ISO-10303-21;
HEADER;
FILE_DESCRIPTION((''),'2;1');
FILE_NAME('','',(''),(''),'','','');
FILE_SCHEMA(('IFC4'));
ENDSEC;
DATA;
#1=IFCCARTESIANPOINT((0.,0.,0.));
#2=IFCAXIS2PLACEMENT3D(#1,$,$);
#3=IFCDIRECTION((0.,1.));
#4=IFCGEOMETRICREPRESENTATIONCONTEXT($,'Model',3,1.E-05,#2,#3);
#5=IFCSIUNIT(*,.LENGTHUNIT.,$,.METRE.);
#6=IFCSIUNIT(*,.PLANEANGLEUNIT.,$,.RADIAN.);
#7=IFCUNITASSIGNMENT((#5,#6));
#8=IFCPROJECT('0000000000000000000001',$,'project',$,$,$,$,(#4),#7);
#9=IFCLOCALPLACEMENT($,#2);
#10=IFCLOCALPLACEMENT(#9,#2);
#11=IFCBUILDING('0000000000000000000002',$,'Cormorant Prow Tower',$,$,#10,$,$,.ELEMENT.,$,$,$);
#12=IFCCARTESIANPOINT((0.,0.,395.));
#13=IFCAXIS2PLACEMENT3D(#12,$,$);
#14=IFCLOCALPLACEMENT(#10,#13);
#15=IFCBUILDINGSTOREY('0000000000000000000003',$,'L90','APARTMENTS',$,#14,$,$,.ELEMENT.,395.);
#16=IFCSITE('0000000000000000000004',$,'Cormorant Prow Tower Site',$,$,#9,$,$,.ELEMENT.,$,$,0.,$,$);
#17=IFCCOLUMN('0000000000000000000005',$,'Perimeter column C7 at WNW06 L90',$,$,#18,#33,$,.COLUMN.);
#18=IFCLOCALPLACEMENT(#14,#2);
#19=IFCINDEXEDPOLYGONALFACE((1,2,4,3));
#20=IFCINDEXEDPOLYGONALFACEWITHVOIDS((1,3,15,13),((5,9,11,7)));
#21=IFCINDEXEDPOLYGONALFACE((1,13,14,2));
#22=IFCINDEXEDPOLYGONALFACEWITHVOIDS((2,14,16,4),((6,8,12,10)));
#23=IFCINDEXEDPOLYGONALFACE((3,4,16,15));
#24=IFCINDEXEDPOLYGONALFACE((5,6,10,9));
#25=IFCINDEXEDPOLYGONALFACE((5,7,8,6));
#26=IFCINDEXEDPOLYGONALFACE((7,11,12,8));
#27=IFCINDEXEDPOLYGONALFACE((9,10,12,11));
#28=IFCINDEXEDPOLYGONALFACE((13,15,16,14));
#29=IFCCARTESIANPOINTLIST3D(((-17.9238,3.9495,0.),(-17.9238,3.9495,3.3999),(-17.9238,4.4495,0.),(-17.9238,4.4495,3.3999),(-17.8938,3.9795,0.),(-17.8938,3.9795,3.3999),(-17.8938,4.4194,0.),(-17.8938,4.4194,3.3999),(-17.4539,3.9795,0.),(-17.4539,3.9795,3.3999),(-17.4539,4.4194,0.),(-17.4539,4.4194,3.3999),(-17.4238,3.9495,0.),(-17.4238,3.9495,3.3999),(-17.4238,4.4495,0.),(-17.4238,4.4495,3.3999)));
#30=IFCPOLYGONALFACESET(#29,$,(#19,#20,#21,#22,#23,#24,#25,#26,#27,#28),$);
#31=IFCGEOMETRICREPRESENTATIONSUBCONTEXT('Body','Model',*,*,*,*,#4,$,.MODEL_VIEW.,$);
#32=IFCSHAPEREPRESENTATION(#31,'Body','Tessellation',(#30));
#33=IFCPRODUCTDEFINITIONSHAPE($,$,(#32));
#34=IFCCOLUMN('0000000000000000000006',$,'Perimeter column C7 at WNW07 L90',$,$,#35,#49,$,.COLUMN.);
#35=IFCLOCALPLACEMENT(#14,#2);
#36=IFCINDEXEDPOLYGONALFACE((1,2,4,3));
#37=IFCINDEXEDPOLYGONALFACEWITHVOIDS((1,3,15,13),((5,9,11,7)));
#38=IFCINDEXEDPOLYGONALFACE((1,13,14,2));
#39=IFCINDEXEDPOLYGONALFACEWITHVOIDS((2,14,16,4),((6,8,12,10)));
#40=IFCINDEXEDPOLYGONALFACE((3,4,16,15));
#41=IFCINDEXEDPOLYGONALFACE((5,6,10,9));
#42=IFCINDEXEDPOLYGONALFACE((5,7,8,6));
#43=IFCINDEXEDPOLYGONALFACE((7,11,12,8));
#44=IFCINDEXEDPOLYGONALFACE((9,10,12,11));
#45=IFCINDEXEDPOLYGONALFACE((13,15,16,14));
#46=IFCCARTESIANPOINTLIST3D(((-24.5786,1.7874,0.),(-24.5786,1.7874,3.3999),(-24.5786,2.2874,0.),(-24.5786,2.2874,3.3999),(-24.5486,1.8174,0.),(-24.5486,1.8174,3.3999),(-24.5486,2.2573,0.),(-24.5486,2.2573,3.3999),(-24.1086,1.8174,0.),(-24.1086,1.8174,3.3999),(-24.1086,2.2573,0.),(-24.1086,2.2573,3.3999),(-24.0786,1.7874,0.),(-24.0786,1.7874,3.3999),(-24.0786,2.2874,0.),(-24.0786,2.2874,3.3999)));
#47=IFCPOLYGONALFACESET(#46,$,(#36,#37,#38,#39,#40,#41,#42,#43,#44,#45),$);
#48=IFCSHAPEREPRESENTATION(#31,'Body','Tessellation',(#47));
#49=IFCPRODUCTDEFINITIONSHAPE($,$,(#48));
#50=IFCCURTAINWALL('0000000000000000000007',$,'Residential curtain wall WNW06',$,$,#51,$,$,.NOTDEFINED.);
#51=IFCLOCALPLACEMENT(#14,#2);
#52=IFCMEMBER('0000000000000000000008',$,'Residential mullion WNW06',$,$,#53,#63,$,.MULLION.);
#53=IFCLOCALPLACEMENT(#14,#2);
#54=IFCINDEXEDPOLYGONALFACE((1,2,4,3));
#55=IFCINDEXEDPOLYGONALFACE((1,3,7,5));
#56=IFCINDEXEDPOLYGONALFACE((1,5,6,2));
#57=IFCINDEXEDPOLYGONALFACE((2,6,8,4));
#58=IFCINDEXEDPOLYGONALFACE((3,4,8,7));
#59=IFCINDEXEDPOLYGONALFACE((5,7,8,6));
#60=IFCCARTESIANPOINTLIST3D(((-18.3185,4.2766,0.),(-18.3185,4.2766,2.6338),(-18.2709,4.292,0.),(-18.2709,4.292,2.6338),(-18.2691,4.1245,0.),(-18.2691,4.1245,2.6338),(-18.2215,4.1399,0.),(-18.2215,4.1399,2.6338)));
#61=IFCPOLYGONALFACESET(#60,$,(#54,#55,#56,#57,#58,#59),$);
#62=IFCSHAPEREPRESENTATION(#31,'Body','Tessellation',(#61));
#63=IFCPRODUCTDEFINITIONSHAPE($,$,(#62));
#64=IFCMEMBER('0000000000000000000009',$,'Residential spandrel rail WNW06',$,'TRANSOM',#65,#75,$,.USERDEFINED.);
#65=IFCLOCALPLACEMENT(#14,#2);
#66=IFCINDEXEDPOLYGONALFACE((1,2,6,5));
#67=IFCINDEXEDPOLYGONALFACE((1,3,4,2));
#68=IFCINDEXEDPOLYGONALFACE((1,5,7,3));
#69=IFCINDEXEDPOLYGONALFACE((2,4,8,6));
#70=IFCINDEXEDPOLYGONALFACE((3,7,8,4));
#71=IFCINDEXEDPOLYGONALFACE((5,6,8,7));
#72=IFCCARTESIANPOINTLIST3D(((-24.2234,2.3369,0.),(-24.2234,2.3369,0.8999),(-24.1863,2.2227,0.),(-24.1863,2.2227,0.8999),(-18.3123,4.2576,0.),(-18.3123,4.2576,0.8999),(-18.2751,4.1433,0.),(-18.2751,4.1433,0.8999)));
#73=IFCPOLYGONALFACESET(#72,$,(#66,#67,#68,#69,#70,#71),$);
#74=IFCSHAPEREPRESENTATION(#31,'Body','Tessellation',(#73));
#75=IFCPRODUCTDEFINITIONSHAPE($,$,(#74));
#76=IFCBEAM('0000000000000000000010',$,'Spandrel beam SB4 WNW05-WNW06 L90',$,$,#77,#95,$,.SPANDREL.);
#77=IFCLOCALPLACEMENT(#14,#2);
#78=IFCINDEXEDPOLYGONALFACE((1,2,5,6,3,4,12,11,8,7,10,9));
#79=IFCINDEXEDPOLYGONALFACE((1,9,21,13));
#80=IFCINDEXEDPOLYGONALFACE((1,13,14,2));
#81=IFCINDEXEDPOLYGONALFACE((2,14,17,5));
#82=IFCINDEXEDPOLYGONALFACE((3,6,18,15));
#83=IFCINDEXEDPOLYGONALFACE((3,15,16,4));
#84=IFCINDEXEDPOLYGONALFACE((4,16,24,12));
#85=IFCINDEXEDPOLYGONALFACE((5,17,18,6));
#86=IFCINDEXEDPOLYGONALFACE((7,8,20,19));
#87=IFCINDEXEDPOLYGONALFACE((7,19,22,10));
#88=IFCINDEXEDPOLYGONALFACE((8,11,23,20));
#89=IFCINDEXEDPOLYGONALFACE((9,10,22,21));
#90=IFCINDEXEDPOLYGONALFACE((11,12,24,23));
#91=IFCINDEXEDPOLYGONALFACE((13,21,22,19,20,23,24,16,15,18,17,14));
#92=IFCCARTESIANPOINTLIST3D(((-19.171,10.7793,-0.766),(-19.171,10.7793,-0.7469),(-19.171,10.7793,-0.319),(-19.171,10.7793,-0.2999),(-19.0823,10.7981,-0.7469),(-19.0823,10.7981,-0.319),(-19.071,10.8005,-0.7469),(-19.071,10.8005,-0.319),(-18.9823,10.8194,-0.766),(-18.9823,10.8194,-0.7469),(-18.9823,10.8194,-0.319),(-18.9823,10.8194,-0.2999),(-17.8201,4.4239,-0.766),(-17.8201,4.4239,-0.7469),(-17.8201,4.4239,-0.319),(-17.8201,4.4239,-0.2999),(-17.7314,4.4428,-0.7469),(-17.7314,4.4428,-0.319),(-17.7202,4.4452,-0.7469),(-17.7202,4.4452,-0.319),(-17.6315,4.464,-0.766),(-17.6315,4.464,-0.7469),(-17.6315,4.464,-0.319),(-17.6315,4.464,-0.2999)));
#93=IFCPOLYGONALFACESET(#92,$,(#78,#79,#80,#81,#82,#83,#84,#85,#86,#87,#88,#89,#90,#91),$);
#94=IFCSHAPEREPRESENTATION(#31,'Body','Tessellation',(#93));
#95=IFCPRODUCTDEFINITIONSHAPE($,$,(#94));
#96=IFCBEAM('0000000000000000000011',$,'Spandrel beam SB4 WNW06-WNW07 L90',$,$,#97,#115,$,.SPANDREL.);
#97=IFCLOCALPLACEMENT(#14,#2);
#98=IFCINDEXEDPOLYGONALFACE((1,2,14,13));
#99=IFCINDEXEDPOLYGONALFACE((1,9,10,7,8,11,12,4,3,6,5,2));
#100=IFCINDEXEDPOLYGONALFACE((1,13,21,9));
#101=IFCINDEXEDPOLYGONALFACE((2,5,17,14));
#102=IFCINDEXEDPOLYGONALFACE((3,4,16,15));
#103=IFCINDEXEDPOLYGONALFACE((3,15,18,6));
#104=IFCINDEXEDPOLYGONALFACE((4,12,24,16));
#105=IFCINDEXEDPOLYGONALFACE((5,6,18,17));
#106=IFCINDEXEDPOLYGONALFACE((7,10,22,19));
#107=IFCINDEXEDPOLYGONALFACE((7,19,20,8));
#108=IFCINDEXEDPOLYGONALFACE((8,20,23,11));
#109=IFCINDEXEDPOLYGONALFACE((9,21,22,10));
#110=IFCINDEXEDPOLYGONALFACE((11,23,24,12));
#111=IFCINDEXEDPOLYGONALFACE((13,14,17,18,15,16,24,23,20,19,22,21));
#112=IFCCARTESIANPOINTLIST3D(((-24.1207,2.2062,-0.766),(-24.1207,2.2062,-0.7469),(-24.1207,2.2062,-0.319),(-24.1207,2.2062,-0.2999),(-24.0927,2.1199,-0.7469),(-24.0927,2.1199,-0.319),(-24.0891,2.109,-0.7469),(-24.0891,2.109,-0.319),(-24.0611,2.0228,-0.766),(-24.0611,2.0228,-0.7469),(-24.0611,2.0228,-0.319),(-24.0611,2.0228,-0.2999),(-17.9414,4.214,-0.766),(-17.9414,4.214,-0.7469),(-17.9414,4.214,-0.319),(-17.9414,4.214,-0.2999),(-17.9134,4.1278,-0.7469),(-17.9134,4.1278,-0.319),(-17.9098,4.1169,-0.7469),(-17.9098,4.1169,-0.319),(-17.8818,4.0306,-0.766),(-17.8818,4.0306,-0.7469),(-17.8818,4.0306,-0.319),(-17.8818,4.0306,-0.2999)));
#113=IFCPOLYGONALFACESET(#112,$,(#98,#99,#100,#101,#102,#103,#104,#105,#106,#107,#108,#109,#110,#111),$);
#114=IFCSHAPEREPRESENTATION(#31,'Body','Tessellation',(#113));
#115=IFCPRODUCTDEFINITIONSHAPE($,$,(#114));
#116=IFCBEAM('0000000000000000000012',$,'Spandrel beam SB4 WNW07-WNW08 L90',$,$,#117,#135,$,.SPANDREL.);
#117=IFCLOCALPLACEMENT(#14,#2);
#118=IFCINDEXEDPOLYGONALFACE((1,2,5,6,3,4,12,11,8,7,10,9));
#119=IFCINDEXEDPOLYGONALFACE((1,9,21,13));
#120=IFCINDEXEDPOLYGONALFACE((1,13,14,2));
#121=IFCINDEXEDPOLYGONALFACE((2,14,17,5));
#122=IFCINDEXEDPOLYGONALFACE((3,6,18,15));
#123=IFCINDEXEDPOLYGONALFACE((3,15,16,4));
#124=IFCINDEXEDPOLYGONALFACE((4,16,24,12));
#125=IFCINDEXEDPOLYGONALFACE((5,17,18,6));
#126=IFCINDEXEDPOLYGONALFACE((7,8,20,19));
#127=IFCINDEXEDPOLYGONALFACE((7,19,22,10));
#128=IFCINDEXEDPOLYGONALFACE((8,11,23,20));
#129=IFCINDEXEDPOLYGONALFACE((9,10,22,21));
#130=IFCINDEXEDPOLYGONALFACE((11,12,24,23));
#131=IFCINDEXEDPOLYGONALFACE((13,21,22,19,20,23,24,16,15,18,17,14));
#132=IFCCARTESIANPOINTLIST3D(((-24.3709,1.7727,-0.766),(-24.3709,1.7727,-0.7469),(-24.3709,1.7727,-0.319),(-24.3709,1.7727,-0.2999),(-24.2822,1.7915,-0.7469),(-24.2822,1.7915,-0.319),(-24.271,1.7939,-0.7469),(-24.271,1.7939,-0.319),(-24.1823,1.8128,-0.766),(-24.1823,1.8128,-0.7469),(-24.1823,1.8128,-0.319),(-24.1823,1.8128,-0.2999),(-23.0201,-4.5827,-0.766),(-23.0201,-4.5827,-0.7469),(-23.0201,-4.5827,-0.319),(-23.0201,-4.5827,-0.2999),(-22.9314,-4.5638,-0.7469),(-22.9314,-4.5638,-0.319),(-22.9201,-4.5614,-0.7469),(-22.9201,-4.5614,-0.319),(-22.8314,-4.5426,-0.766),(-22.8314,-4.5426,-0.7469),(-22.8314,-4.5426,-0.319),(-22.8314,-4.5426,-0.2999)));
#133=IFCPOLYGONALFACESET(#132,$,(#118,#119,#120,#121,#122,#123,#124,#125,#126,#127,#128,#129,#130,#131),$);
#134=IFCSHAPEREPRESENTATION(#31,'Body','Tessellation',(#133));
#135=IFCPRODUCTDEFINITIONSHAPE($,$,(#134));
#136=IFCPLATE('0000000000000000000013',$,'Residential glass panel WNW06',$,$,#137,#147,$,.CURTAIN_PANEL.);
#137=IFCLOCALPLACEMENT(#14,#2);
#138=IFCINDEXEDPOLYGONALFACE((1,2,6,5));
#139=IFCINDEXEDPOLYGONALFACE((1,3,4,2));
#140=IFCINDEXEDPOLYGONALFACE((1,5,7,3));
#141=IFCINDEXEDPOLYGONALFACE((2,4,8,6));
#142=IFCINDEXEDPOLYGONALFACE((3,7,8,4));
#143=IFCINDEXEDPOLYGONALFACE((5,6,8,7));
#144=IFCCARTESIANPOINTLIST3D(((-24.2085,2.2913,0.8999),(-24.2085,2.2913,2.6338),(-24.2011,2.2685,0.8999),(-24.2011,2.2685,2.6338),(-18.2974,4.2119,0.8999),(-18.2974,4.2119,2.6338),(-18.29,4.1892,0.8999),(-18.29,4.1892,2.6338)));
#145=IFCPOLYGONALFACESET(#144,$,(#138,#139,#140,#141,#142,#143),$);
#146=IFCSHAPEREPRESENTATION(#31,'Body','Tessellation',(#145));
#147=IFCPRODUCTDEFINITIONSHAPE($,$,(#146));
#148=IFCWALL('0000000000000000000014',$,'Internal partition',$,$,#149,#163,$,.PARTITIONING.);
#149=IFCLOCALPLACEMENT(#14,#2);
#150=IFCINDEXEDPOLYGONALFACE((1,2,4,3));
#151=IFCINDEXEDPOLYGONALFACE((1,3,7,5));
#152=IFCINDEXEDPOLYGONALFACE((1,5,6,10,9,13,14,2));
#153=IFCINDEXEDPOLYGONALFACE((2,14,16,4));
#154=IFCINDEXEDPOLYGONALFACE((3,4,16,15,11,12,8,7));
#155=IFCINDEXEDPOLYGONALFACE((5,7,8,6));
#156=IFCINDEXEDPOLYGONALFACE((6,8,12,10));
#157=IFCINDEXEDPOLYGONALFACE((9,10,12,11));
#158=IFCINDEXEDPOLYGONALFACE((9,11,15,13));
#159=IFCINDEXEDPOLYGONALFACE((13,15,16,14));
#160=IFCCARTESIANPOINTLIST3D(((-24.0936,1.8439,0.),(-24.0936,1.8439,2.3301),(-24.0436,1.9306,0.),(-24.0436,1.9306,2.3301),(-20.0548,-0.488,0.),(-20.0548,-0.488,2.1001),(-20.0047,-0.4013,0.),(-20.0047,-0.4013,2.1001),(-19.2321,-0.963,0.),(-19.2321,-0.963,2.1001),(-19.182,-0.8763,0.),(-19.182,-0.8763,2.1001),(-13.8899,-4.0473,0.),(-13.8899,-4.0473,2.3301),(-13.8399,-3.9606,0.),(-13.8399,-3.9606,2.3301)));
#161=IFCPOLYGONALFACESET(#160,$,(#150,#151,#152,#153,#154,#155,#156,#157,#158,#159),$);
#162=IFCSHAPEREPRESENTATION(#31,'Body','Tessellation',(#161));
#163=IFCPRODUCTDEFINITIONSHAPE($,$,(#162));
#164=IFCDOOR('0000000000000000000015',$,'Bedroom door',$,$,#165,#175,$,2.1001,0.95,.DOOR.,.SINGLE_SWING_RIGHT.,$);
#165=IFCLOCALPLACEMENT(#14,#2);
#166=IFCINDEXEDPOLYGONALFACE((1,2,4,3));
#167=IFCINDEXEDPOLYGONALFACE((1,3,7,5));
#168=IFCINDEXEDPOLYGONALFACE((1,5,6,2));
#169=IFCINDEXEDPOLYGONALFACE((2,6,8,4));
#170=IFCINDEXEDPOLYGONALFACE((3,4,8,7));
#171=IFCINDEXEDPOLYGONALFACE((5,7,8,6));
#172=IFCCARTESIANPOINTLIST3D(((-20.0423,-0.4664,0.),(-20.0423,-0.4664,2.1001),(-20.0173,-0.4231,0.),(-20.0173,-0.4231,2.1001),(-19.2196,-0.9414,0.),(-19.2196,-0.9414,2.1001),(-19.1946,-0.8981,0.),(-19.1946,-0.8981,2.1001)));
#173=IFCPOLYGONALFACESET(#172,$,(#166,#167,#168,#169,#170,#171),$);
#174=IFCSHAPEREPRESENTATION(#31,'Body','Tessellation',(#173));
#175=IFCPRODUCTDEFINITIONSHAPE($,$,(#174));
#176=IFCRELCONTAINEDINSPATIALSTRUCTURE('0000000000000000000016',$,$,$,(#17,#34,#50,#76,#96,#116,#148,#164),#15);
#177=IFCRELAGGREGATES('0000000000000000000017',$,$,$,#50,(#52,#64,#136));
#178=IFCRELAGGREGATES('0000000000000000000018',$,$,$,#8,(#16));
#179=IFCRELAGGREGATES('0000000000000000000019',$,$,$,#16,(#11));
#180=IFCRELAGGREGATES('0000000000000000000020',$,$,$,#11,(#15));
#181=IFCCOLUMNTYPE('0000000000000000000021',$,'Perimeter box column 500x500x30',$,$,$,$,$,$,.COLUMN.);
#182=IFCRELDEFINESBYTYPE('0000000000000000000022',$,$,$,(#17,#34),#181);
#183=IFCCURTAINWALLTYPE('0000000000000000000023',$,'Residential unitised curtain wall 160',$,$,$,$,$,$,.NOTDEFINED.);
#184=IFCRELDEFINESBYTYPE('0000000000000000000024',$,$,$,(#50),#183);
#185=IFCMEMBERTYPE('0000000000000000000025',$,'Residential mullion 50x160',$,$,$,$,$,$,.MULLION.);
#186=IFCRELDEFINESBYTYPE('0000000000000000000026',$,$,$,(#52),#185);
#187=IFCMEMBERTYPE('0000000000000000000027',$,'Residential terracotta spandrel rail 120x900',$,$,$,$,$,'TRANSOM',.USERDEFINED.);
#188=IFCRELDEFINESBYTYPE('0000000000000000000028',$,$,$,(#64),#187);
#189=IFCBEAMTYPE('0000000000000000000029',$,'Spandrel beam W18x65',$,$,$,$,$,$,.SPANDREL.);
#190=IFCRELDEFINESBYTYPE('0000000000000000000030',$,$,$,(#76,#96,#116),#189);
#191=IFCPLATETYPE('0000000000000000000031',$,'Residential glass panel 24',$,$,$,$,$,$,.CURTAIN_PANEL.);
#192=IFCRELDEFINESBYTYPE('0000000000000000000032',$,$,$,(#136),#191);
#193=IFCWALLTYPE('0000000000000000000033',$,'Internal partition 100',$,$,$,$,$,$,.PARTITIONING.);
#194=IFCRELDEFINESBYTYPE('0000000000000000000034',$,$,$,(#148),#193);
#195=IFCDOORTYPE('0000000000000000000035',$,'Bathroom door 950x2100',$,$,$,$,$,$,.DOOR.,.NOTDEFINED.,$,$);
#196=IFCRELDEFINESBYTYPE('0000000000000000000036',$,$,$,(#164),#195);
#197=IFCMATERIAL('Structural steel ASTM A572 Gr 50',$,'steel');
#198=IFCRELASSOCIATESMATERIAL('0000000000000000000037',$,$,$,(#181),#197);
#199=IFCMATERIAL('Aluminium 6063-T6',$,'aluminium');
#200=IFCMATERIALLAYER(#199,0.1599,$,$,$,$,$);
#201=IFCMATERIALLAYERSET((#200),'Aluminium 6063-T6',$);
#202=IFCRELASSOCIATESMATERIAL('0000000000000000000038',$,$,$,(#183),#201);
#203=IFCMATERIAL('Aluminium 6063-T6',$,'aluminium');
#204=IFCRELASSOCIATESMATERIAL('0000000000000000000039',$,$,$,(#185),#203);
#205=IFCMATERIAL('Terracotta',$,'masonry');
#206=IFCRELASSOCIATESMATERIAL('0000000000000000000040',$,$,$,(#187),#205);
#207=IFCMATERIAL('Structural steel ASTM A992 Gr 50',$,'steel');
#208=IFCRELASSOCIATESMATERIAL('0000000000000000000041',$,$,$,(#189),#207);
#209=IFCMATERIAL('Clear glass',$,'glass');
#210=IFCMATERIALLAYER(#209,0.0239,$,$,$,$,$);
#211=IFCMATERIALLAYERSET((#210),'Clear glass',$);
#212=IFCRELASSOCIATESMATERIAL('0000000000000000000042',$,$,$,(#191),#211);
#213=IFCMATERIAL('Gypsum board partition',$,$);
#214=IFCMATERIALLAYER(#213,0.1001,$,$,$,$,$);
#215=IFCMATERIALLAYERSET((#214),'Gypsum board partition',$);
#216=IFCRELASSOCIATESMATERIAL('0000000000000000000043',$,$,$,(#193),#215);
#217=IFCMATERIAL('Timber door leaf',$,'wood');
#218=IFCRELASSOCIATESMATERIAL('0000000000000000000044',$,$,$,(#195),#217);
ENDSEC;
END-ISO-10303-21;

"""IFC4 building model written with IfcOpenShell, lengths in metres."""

from ifc_helpers import new_model, si_unit, direction, frame, frame_2d, origin, origin_2d, place, context, subcontext, project, spatial, rectangle, hollow_rectangle, i_section, extrude, material, layer, layer_set, material_profile, profile_set, type_object, element, fill, aggregate, save


model = new_model("IFC4")

# Units and contexts
model_context = context("Model", 3, precision=1e-05, world=origin(), true_north=direction((0.0, 1.0)))
body_context = subcontext(model_context, "Body", "Model", "MODEL_VIEW")
ifc_project = project(units=[si_unit("LENGTHUNIT", "METRE"), si_unit("PLANEANGLEUNIT", "RADIAN")], contexts=[model_context])

# Site, building, storey
site_placement = place(None, origin())
site = spatial("IfcSite", under=ifc_project, at=site_placement, Name="Cormorant Prow Tower Site", CompositionType="ELEMENT", RefElevation=0.0)
building_placement = place(site_placement, origin())
building = spatial("IfcBuilding", under=site, at=building_placement, Name="Cormorant Prow Tower", CompositionType="ELEMENT")
storey_placement = place(building_placement, frame((0.0, 0.0, 395.0)))
storey = spatial("IfcBuildingStorey", under=building, at=storey_placement, Name="L90", Description="APARTMENTS", CompositionType="ELEMENT", Elevation=395.0)

# Columns
ifc_material_1 = material(Name="Structural steel ASTM A572 Gr 50", Category="steel")
ifc_material_profile_1 = material_profile(ifc_material_1, hollow_rectangle(XDim=0.5, YDim=0.5, WallThickness=0.03, at=origin_2d()), Name="Box 500x500x30")
ifc_profile_set_1 = profile_set([ifc_material_profile_1], Name="Structural steel ASTM A572 Gr 50")
column_type = type_object("IfcColumnType", Name="Perimeter box column 500x500x30", PredefinedType="COLUMN", material=ifc_profile_set_1)
for number, where, z_axis, x_axis, name in (
    (1, (-17.6738, 4.1995, 0.0), (0.0, 0.0, 1.0), (1.0, 0.0, 0.0), "Perimeter column C7 at WNW06 L90"),
    (2, (-24.3286, 2.0374, 0.0), (0.0, 0.0, 1.0), (1.0, 0.0, 0.0), "Perimeter column C7 at WNW07 L90"),
):
    element("IfcColumn", number, at=place(storey_placement, frame(where, z_axis=z_axis, x_axis=x_axis)), inside=storey, type_object=column_type, Name=name, PredefinedType="COLUMN", context=body_context, shape_type="SweptSolid", body=[
        extrude(hollow_rectangle(XDim=0.5, YDim=0.5, WallThickness=0.03, at=origin_2d()), origin(), (0.0, 0.0, 1.0), 3.3999),
    ])

# Curtain wall, members
ifc_material_2 = material(Name="Aluminium 6063-T6", Category="aluminium")
ifc_layer_1 = layer(ifc_material_2, 0.1599)
ifc_layer_set_1 = layer_set([ifc_layer_1], Name="Aluminium 6063-T6")
curtain_wall_type = type_object("IfcCurtainWallType", Name="Residential unitised curtain wall 160", PredefinedType="NOTDEFINED", material=ifc_layer_set_1)
curtain_wall_placement = place(storey_placement, origin())
curtain_wall = element("IfcCurtainWall", 3, at=curtain_wall_placement, inside=storey, type_object=curtain_wall_type, Name="Residential curtain wall WNW06", PredefinedType="NOTDEFINED")
ifc_material_3 = material(Name="Aluminium 6063-T6", Category="aluminium")
ifc_material_profile_2 = material_profile(ifc_material_3, rectangle(XDim=0.1599, YDim=0.05, at=origin_2d()), Name="Residential mullion 50x160")
ifc_profile_set_2 = profile_set([ifc_material_profile_2], Name="Aluminium 6063-T6")
member_type_1 = type_object("IfcMemberType", Name="Residential mullion 50x160", PredefinedType="MULLION", material=ifc_profile_set_2)
member_1_placement = place(storey_placement, frame((-18.27, 4.2083, 0.0), z_axis=(0.0, 0.0, 1.0), x_axis=(0.309017, -0.951056, 0.0)))
member_1 = element("IfcMember", 4, at=member_1_placement, type_object=member_type_1, Name="Residential mullion WNW06", PredefinedType="MULLION", context=body_context, shape_type="SweptSolid", body=[
    extrude(rectangle(XDim=0.1599, YDim=0.05, at=origin_2d()), origin(), (0.0, 0.0, 1.0), 2.6338),
])
ifc_material_4 = material(Name="Terracotta", Category="masonry")
ifc_material_profile_3 = material_profile(ifc_material_4, rectangle(XDim=0.1201, YDim=0.8999, at=origin_2d()), Name="Residential terracotta spandrel rail 120x900")
ifc_profile_set_3 = profile_set([ifc_material_profile_3], Name="Terracotta")
member_type_2 = type_object("IfcMemberType", Name="Residential terracotta spandrel rail 120x900", ElementType="TRANSOM", PredefinedType="USERDEFINED", material=ifc_profile_set_3)
member_2_placement = place(storey_placement, frame((-18.2937, 4.2004, 0.45), z_axis=(-0.951056, -0.309019, 0.0), x_axis=(0.309019, -0.951056, 0.0)))
member_2 = element("IfcMember", 5, at=member_2_placement, type_object=member_type_2, Name="Residential spandrel rail WNW06", ObjectType="TRANSOM", PredefinedType="USERDEFINED", context=body_context, shape_type="SweptSolid", body=[
    extrude(rectangle(XDim=0.1201, YDim=0.8999, at=origin_2d()), origin(), (0.0, 0.0, 1.0), 6.2153),
])

# Beams
ifc_material_5 = material(Name="Structural steel ASTM A992 Gr 50", Category="steel")
ifc_material_profile_4 = material_profile(ifc_material_5, i_section(OverallWidth=0.1929, OverallDepth=0.4661, WebThickness=0.0115, FlangeThickness=0.019, at=origin_2d()), Name="W18x65")
ifc_profile_set_4 = profile_set([ifc_material_profile_4], Name="Structural steel ASTM A992 Gr 50")
beam_type = type_object("IfcBeamType", Name="Spandrel beam W18x65", PredefinedType="SPANDREL", material=ifc_profile_set_4)
for number, where, z_axis, x_axis, name in (
    (6, (-19.0767, 10.7993, -0.533), (0.20791, -0.978148, 0.0), (0.978148, 0.20791, 0.0), "Spandrel beam SB4 WNW05-WNW06 L90"),
    (7, (-17.9116, 4.1223, -0.533), (-0.951053, -0.309027, 0.0), (0.309027, -0.951053, 0.0), "Spandrel beam SB4 WNW06-WNW07 L90"),
    (8, (-24.2766, 1.7927, -0.533), (0.20791, -0.978148, 0.0), (0.978148, 0.20791, 0.0), "Spandrel beam SB4 WNW07-WNW08 L90"),
):
    element("IfcBeam", number, at=place(storey_placement, frame(where, z_axis=z_axis, x_axis=x_axis)), inside=storey, type_object=beam_type, Name=name, PredefinedType="SPANDREL", context=body_context, shape_type="SweptSolid", body=[
        extrude(i_section(OverallWidth=0.1929, OverallDepth=0.4661, WebThickness=0.0115, FlangeThickness=0.019, at=origin_2d()), origin(), (0.0, 0.0, 1.0), 6.4973),
    ])

# Plate
ifc_material_6 = material(Name="Clear glass", Category="glass")
ifc_layer_2 = layer(ifc_material_6, 0.0239)
ifc_layer_set_2 = layer_set([ifc_layer_2], Name="Clear glass")
plate_type = type_object("IfcPlateType", Name="Residential glass panel 24", PredefinedType="CURTAIN_PANEL", material=ifc_layer_set_2)
plate_placement = place(storey_placement, frame((-21.2493, 3.2402, 0.8999), z_axis=(0.0, 0.0, 1.0), x_axis=(-0.951056, -0.309017, 0.0)))
plate = element("IfcPlate", 9, at=plate_placement, type_object=plate_type, Name="Residential glass panel WNW06", PredefinedType="CURTAIN_PANEL", context=body_context, shape_type="SweptSolid", body=[
    extrude(rectangle(XDim=6.2153, YDim=0.0239, at=origin_2d()), origin(), (0.0, 0.0, 1.0), 1.7339),
])
aggregate(curtain_wall, [member_1, member_2, plate])

# Wall, opening, door
ifc_material_7 = material(Name="Gypsum board partition")
ifc_layer_3 = layer(ifc_material_7, 0.1001)
ifc_layer_set_3 = layer_set([ifc_layer_3], Name="Gypsum board partition")
wall_type_1 = type_object("IfcWallType", Name="Internal partition 100", PredefinedType="PARTITIONING", material=ifc_layer_set_3)
wall_1_placement = place(storey_placement, frame((-24.0686, 1.8872, 0.0), z_axis=(0.0, 0.0, 1.0), x_axis=(0.866023, -0.500003, 0.0)))
wall_1 = element("IfcWall", 10, at=wall_1_placement, inside=storey, type_object=wall_type_1, Name="Internal partition", PredefinedType="PARTITIONING", context=body_context, shape_type="SweptSolid", body=[
    extrude(rectangle(XDim=11.7822, YDim=0.1001, at=frame_2d((5.8911, 0.0))), origin(), (0.0, 0.0, 1.0), 2.3301),
])
opening_1_placement = place(wall_1_placement, frame((4.6636, 0.0, 0.0)))
opening_1 = element("IfcOpeningElement", 11, at=opening_1_placement, cuts=wall_1, PredefinedType="OPENING", context=body_context, shape_type="SweptSolid", body=[
    extrude(rectangle(XDim=0.95, YDim=2.1001, at=frame_2d((0.4751, 1.05))), frame((0.0, 0.0601, 0.0), z_axis=(0.0, -1.0, 0.0), x_axis=(1.0, 0.0, 0.0)), (0.0, 0.0, 1.0), 0.1201),
])
ifc_material_8 = material(Name="Timber door leaf", Category="wood")
door_type_1 = type_object("IfcDoorType", Name="Bathroom door 950x2100", OperationType="NOTDEFINED", PredefinedType="DOOR", material=ifc_material_8)
door_1_placement = place(opening_1_placement, origin())
door_1 = element("IfcDoor", 12, at=door_1_placement, inside=storey, type_object=door_type_1, Name="Bedroom door", OperationType="SINGLE_SWING_RIGHT", OverallHeight=2.1001, OverallWidth=0.95, PredefinedType="DOOR", context=body_context, shape_type="SweptSolid", body=[
    extrude(rectangle(XDim=0.95, YDim=2.1001, at=frame_2d((0.4751, 1.05))), frame((0.0, 0.0249, 0.0), z_axis=(0.0, -1.0, 0.0), x_axis=(1.0, 0.0, 0.0)), (0.0, 0.0, 1.0), 0.05),
])
fill(opening_1, door_1)

save(model, "model.ifc")
